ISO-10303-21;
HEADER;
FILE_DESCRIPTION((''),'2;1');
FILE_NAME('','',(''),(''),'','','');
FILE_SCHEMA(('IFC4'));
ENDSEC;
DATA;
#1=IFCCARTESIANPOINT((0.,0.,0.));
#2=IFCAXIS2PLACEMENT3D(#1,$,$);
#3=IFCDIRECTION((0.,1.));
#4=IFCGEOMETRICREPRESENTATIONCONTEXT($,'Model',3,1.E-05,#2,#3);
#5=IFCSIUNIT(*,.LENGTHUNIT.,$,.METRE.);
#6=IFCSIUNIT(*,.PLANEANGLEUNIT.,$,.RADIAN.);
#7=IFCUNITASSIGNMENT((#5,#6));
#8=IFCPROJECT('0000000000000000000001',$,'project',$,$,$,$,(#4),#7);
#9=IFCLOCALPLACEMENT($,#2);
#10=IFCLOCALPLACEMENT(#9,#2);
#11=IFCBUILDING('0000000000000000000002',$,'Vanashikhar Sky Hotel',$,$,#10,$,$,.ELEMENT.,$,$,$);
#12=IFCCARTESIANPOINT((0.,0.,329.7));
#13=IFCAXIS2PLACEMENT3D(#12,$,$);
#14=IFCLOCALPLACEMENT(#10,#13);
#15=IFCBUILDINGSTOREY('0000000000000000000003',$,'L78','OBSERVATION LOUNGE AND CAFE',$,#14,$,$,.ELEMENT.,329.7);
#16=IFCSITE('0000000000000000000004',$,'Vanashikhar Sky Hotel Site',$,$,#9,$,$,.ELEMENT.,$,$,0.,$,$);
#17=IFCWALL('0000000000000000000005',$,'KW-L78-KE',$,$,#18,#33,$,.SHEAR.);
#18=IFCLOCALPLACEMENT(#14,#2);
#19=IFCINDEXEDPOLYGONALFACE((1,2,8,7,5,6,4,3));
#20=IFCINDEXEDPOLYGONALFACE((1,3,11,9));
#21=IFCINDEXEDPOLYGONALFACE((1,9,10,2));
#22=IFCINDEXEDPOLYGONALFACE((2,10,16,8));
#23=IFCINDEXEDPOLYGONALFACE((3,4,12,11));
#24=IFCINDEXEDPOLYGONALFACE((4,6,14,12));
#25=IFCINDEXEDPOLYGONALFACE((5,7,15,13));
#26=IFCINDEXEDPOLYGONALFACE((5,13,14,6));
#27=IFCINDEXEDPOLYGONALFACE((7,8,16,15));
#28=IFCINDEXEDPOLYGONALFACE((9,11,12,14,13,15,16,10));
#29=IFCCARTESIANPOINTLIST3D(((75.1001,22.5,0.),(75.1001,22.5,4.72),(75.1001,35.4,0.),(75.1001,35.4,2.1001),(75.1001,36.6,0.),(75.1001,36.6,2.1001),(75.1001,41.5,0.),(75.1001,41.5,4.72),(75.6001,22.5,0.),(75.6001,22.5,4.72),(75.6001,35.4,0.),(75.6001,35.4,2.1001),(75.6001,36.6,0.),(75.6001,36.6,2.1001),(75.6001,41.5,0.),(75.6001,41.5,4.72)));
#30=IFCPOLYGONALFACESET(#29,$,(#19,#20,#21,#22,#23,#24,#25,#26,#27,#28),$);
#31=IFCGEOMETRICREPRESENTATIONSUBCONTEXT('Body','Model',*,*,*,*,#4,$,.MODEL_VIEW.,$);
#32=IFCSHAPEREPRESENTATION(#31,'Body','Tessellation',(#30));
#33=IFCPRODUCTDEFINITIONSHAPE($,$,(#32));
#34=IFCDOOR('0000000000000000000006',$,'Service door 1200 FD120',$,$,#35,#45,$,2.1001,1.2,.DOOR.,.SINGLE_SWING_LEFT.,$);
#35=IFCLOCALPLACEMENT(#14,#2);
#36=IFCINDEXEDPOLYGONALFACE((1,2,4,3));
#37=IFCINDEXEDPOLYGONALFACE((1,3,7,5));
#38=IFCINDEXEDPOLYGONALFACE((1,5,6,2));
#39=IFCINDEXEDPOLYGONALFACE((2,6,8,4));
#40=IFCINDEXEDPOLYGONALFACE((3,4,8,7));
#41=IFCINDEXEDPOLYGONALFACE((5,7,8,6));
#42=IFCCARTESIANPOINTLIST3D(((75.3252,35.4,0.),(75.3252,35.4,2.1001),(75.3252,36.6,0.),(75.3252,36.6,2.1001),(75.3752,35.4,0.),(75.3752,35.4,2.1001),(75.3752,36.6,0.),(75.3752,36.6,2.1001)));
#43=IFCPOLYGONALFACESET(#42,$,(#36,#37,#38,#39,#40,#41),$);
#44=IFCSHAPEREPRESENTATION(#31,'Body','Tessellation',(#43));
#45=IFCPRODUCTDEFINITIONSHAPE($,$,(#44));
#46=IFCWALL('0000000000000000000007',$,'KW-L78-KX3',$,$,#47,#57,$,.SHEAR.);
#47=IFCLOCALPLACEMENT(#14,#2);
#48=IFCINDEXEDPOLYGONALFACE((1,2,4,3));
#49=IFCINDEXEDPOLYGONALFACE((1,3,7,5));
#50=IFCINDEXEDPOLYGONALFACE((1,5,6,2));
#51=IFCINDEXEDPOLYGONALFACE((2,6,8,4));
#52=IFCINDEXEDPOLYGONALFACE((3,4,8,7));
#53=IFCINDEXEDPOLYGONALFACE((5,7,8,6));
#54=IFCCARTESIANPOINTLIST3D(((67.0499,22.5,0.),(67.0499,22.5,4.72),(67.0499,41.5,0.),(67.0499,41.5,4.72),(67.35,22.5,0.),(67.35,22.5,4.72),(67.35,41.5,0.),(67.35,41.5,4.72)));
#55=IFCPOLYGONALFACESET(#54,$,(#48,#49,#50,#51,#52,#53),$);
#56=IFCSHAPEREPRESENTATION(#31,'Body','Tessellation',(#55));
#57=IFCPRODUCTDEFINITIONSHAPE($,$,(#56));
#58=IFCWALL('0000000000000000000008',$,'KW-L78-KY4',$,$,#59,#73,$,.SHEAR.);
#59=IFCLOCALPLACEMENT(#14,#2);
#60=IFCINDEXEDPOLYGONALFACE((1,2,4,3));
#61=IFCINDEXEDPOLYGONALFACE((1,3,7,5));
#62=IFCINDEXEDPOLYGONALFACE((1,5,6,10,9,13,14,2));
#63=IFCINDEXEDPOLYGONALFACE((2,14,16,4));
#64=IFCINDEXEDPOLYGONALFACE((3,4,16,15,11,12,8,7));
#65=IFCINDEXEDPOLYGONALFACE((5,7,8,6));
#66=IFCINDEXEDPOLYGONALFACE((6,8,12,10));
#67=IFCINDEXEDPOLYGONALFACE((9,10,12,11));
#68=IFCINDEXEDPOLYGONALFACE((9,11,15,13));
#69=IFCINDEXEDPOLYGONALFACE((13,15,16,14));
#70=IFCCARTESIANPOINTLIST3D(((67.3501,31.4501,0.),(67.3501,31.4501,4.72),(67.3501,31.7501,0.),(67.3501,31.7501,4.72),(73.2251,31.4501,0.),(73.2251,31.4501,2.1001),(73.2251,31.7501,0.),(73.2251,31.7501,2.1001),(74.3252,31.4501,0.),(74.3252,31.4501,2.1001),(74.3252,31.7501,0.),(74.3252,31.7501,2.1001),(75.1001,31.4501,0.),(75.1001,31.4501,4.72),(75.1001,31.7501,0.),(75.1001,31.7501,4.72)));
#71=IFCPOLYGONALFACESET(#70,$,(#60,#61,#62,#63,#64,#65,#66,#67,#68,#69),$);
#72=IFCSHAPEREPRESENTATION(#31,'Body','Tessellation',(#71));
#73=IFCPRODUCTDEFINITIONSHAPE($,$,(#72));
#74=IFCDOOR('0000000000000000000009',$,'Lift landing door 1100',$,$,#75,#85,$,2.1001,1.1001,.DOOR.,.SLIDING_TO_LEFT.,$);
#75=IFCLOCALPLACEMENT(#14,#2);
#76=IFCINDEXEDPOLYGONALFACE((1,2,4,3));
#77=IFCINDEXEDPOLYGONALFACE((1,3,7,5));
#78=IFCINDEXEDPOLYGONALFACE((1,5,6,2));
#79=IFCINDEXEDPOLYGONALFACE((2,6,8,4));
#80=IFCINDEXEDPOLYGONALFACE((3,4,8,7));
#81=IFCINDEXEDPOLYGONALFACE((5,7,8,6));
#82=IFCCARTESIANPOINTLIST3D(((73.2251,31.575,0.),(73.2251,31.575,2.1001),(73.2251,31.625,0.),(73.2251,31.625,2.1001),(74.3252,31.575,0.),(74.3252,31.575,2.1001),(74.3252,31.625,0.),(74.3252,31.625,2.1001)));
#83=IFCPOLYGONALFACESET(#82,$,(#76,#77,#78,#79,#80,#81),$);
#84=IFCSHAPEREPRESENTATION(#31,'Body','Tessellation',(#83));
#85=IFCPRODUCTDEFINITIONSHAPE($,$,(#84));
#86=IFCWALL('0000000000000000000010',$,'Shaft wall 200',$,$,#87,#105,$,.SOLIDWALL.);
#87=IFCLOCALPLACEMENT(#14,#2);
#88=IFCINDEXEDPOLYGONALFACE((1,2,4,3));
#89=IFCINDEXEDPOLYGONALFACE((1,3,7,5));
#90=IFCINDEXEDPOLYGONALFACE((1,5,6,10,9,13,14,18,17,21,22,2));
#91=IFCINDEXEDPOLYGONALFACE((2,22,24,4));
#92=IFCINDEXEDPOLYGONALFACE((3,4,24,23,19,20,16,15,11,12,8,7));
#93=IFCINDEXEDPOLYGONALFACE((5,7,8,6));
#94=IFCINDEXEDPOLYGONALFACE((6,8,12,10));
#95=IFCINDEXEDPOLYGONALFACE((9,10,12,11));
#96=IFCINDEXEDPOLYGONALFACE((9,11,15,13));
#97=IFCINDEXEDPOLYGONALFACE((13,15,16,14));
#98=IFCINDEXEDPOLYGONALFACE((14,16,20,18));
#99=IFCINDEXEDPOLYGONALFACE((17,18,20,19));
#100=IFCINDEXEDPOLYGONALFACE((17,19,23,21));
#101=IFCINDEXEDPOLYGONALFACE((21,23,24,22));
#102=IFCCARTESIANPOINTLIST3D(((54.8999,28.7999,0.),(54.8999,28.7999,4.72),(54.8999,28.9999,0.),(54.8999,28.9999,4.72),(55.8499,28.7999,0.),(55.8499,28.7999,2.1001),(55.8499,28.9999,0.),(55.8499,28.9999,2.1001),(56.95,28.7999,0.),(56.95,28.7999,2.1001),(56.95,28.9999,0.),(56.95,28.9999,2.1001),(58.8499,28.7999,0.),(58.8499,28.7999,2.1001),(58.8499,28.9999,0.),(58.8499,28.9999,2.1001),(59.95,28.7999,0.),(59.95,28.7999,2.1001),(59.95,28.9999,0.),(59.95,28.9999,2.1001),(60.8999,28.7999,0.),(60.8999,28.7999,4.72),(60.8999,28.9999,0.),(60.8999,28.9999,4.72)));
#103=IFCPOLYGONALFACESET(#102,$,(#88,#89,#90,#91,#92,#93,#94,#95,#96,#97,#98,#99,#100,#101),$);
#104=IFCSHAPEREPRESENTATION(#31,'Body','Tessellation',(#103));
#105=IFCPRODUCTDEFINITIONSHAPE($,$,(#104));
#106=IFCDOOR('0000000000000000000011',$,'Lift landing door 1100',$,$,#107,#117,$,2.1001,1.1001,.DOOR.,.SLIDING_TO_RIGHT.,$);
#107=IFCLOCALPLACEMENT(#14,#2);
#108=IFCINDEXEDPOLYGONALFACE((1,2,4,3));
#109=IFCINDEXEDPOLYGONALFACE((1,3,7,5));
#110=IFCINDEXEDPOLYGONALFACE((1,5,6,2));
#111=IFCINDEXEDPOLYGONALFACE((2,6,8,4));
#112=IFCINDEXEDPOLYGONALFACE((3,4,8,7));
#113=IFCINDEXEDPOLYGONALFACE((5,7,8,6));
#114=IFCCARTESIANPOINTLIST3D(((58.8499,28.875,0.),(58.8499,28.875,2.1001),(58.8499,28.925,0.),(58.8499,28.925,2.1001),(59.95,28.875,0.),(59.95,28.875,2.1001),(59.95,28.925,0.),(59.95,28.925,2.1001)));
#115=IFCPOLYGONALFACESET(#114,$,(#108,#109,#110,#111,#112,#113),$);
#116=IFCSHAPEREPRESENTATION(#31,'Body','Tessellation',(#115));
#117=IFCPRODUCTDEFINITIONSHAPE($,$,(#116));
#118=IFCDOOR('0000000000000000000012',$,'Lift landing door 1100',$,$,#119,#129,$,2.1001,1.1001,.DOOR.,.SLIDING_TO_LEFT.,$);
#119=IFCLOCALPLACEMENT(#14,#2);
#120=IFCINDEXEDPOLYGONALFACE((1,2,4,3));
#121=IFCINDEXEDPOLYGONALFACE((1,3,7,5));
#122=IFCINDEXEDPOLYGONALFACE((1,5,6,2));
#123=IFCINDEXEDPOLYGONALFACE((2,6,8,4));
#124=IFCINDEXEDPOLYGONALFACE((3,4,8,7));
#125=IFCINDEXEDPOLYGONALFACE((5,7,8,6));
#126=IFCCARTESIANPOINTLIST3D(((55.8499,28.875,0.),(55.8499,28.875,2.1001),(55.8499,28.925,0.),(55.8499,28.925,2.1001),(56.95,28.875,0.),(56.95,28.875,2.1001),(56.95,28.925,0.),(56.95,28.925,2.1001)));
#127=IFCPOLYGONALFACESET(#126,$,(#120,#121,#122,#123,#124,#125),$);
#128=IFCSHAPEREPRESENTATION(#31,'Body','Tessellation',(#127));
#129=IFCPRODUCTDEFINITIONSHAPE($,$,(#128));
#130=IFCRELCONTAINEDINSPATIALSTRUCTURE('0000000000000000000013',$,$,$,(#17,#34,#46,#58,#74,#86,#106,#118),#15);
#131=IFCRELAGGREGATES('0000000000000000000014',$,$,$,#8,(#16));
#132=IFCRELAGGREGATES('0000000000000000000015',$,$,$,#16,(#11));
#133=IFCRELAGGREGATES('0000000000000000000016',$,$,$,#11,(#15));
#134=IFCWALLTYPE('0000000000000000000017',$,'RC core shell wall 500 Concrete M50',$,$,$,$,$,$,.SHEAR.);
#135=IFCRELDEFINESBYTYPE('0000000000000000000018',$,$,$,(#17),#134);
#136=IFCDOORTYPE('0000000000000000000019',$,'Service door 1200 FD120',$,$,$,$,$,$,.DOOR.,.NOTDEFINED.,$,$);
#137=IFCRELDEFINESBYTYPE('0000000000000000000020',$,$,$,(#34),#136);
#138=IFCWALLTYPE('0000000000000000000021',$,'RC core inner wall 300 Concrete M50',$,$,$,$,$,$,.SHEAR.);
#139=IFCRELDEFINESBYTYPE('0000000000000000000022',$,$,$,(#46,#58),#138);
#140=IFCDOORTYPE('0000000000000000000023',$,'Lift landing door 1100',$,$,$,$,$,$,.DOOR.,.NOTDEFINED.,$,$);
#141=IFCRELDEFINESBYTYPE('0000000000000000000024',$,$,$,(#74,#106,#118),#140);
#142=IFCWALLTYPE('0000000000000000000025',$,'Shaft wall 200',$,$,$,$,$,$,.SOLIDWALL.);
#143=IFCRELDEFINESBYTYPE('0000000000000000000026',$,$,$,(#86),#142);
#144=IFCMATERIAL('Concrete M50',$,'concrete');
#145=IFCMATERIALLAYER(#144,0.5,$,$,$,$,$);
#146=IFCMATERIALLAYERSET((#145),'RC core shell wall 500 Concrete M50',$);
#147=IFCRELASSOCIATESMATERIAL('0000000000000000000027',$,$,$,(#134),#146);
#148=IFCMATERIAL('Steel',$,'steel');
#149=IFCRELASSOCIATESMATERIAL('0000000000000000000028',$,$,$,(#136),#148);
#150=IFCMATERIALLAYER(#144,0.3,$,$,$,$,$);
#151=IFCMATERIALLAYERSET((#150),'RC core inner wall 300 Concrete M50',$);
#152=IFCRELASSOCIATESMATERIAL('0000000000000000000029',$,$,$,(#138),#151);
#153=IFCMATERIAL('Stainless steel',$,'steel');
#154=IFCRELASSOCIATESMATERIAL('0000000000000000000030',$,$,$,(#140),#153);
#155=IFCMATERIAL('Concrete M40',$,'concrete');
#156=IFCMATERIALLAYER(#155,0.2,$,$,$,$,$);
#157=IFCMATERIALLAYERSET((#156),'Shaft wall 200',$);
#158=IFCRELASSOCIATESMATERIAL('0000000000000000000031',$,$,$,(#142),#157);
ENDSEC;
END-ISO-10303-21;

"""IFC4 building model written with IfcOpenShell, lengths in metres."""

from ifc_helpers import new_model, si_unit, direction, frame, frame_2d, origin, place, context, subcontext, project, spatial, rectangle, extrude, source, transform, mapped, material, layer, layer_set, type_object, element, fill, save


model = new_model("IFC4")

# Units and contexts
model_context = context("Model", 3, precision=1e-05, world=origin(), true_north=direction((0.0, 1.0)))
body_context = subcontext(model_context, "Body", "Model", "MODEL_VIEW")
ifc_project = project(units=[si_unit("LENGTHUNIT", "METRE"), si_unit("PLANEANGLEUNIT", "RADIAN")], contexts=[model_context])

# Site, building, storey
site_placement = place(None, origin())
site = spatial("IfcSite", under=ifc_project, at=site_placement, Name="Vanashikhar Sky Hotel Site", CompositionType="ELEMENT", RefElevation=0.0)
building_placement = place(site_placement, origin())
building = spatial("IfcBuilding", under=site, at=building_placement, Name="Vanashikhar Sky Hotel", CompositionType="ELEMENT")
storey_placement = place(building_placement, frame((0.0, 0.0, 329.7)))
storey = spatial("IfcBuildingStorey", under=building, at=storey_placement, Name="L78", Description="OBSERVATION LOUNGE AND CAFE", CompositionType="ELEMENT", Elevation=329.7)

# Shared definitions
ifc_material_1 = material(Name="Concrete M50", Category="concrete")

# Wall, opening, door
ifc_layer_1 = layer(ifc_material_1, 0.5)
ifc_layer_set_1 = layer_set([ifc_layer_1], Name="RC core shell wall 500 Concrete M50")
wall_type_1 = type_object("IfcWallType", Name="RC core shell wall 500 Concrete M50", PredefinedType="SHEAR", material=ifc_layer_set_1)
shared_shape_1 = source(origin(), body_context, "Body", "SweptSolid", [
    extrude(rectangle(XDim=19.0, YDim=0.5, at=frame_2d((9.5, 0.0))), origin(), (0.0, 0.0, 1.0), 4.72),
])
wall_1_placement = place(storey_placement, frame((75.3501, 22.5, 0.0), z_axis=(0.0, 0.0, 1.0), x_axis=(0.0, 1.0, 0.0)))
wall_1 = element("IfcWall", 1, at=wall_1_placement, inside=storey, type_object=wall_type_1, Name="KW-L78-KE", PredefinedType="SHEAR", context=body_context, shape_type="MappedRepresentation", body=[
    mapped(shared_shape_1, transform((0.0, 0.0, 0.0), scale=1.0)),
])
shared_shape_2 = source(origin(), body_context, "Body", "SweptSolid", [
    extrude(rectangle(XDim=1.2, YDim=2.1001, at=frame_2d((0.6001, 1.05))), frame((0.0, 0.26, 0.0), z_axis=(0.0, -1.0, 0.0), x_axis=(1.0, 0.0, 0.0)), (0.0, 0.0, 1.0), 0.52),
])
opening_1_placement = place(wall_1_placement, frame((12.8999, 0.0, 0.0)))
opening_1 = element("IfcOpeningElement", 2, at=opening_1_placement, cuts=wall_1, PredefinedType="OPENING", context=body_context, shape_type="MappedRepresentation", body=[
    mapped(shared_shape_2, transform((0.0, 0.0, 0.0), scale=1.0)),
])
ifc_material_2 = material(Name="Steel", Category="steel")
door_type_1 = type_object("IfcDoorType", Name="Service door 1200 FD120", OperationType="NOTDEFINED", PredefinedType="DOOR", material=ifc_material_2)
shared_shape_3 = source(origin(), body_context, "Body", "SweptSolid", [
    extrude(rectangle(XDim=1.2, YDim=2.1001, at=frame_2d((0.6001, 1.05))), frame((0.0, 0.0249, 0.0), z_axis=(0.0, -1.0, 0.0), x_axis=(1.0, 0.0, 0.0)), (0.0, 0.0, 1.0), 0.05),
])
door_1_placement = place(opening_1_placement, origin())
door_1 = element("IfcDoor", 3, at=door_1_placement, inside=storey, type_object=door_type_1, Name="Service door 1200 FD120", OperationType="SINGLE_SWING_LEFT", OverallHeight=2.1001, OverallWidth=1.2, PredefinedType="DOOR", context=body_context, shape_type="MappedRepresentation", body=[
    mapped(shared_shape_3, transform((0.0, 0.0, 0.0), scale=1.0)),
])
fill(opening_1, door_1)

# Wall
ifc_layer_2 = layer(ifc_material_1, 0.3)
ifc_layer_set_2 = layer_set([ifc_layer_2], Name="RC core inner wall 300 Concrete M50")
wall_type_2 = type_object("IfcWallType", Name="RC core inner wall 300 Concrete M50", PredefinedType="SHEAR", material=ifc_layer_set_2)
shared_shape_4 = source(origin(), body_context, "Body", "SweptSolid", [
    extrude(rectangle(XDim=19.0, YDim=0.3, at=frame_2d((9.5, 0.0))), origin(), (0.0, 0.0, 1.0), 4.72),
])
wall_2_placement = place(storey_placement, frame((67.2, 22.5, 0.0), z_axis=(0.0, 0.0, 1.0), x_axis=(0.0, 1.0, 0.0)))
element("IfcWall", 4, at=wall_2_placement, inside=storey, type_object=wall_type_2, Name="KW-L78-KX3", PredefinedType="SHEAR", context=body_context, shape_type="MappedRepresentation", body=[
    mapped(shared_shape_4, transform((0.0, 0.0, 0.0), scale=1.0)),
])

# Wall, opening, door
shared_shape_5 = source(origin(), body_context, "Body", "SweptSolid", [
    extrude(rectangle(XDim=7.75, YDim=0.3, at=frame_2d((3.875, 0.0))), origin(), (0.0, 0.0, 1.0), 4.72),
])
wall_3_placement = place(storey_placement, frame((67.3501, 31.6001, 0.0), z_axis=(0.0, 0.0, 1.0), x_axis=(1.0, 0.0, 0.0)))
wall_3 = element("IfcWall", 5, at=wall_3_placement, inside=storey, type_object=wall_type_2, Name="KW-L78-KY4", PredefinedType="SHEAR", context=body_context, shape_type="MappedRepresentation", body=[
    mapped(shared_shape_5, transform((0.0, 0.0, 0.0), scale=1.0)),
])
shared_shape_6 = source(origin(), body_context, "Body", "SweptSolid", [
    extrude(rectangle(XDim=1.1001, YDim=2.1001, at=frame_2d((0.55, 1.05))), frame((0.0, 0.1602, 0.0), z_axis=(0.0, -1.0, 0.0), x_axis=(1.0, 0.0, 0.0)), (0.0, 0.0, 1.0), 0.3201),
])
opening_2_placement = place(wall_3_placement, frame((5.875, 0.0, 0.0)))
opening_2 = element("IfcOpeningElement", 6, at=opening_2_placement, cuts=wall_3, PredefinedType="OPENING", context=body_context, shape_type="MappedRepresentation", body=[
    mapped(shared_shape_6, transform((0.0, 0.0, 0.0), scale=1.0)),
])
ifc_material_3 = material(Name="Stainless steel", Category="steel")
door_type_2 = type_object("IfcDoorType", Name="Lift landing door 1100", OperationType="NOTDEFINED", PredefinedType="DOOR", material=ifc_material_3)
shared_shape_7 = source(origin(), body_context, "Body", "SweptSolid", [
    extrude(rectangle(XDim=1.1001, YDim=2.1001, at=frame_2d((0.55, 1.05))), frame((0.0, 0.0249, 0.0), z_axis=(0.0, -1.0, 0.0), x_axis=(1.0, 0.0, 0.0)), (0.0, 0.0, 1.0), 0.05),
])
door_2_placement = place(opening_2_placement, origin())
door_2 = element("IfcDoor", 7, at=door_2_placement, inside=storey, type_object=door_type_2, Name="Lift landing door 1100", OperationType="SLIDING_TO_LEFT", OverallHeight=2.1001, OverallWidth=1.1001, PredefinedType="DOOR", context=body_context, shape_type="MappedRepresentation", body=[
    mapped(shared_shape_7, transform((0.0, 0.0, 0.0), scale=1.0)),
])
fill(opening_2, door_2)

# Wall, openings, doors
ifc_material_4 = material(Name="Concrete M40", Category="concrete")
ifc_layer_3 = layer(ifc_material_4, 0.2)
ifc_layer_set_3 = layer_set([ifc_layer_3], Name="Shaft wall 200")
wall_type_3 = type_object("IfcWallType", Name="Shaft wall 200", PredefinedType="SOLIDWALL", material=ifc_layer_set_3)
shared_shape_8 = source(origin(), body_context, "Body", "SweptSolid", [
    extrude(rectangle(XDim=6.0, YDim=0.2, at=frame_2d((3.0, 0.0))), origin(), (0.0, 0.0, 1.0), 4.72),
])
wall_4_placement = place(storey_placement, frame((60.8999, 28.8999, 0.0), z_axis=(0.0, 0.0, 1.0), x_axis=(-1.0, 0.0, 0.0)))
wall_4 = element("IfcWall", 8, at=wall_4_placement, inside=storey, type_object=wall_type_3, Name="Shaft wall 200", PredefinedType="SOLIDWALL", context=body_context, shape_type="MappedRepresentation", body=[
    mapped(shared_shape_8, transform((0.0, 0.0, 0.0), scale=1.0)),
])
shared_shape_9 = source(origin(), body_context, "Body", "SweptSolid", [
    extrude(rectangle(XDim=1.1001, YDim=2.1001, at=frame_2d((0.55, 1.05))), frame((0.0, 0.1099, 0.0), z_axis=(0.0, -1.0, 0.0), x_axis=(1.0, 0.0, 0.0)), (0.0, 0.0, 1.0), 0.22),
])
opening_3_placement = place(wall_4_placement, frame((0.95, 0.0, 0.0)))
opening_3 = element("IfcOpeningElement", 9, at=opening_3_placement, cuts=wall_4, PredefinedType="OPENING", context=body_context, shape_type="MappedRepresentation", body=[
    mapped(shared_shape_9, transform((0.0, 0.0, 0.0), scale=1.0)),
])
opening_4_placement = place(wall_4_placement, frame((3.95, 0.0, 0.0)))
opening_4 = element("IfcOpeningElement", 10, at=opening_4_placement, cuts=wall_4, PredefinedType="OPENING", context=body_context, shape_type="MappedRepresentation", body=[
    mapped(shared_shape_9, transform((0.0, 0.0, 0.0), scale=1.0)),
])
door_3_placement = place(opening_3_placement, origin())
door_3 = element("IfcDoor", 11, at=door_3_placement, inside=storey, type_object=door_type_2, Name="Lift landing door 1100", OperationType="SLIDING_TO_RIGHT", OverallHeight=2.1001, OverallWidth=1.1001, PredefinedType="DOOR", context=body_context, shape_type="MappedRepresentation", body=[
    mapped(shared_shape_7, transform((0.0, 0.0, 0.0), scale=1.0)),
])
fill(opening_3, door_3)
door_4_placement = place(opening_4_placement, origin())
door_4 = element("IfcDoor", 12, at=door_4_placement, inside=storey, type_object=door_type_2, Name="Lift landing door 1100", OperationType="SLIDING_TO_LEFT", OverallHeight=2.1001, OverallWidth=1.1001, PredefinedType="DOOR", context=body_context, shape_type="MappedRepresentation", body=[
    mapped(shared_shape_7, transform((0.0, 0.0, 0.0), scale=1.0)),
])
fill(opening_4, door_4)

save(model, "model.ifc")
